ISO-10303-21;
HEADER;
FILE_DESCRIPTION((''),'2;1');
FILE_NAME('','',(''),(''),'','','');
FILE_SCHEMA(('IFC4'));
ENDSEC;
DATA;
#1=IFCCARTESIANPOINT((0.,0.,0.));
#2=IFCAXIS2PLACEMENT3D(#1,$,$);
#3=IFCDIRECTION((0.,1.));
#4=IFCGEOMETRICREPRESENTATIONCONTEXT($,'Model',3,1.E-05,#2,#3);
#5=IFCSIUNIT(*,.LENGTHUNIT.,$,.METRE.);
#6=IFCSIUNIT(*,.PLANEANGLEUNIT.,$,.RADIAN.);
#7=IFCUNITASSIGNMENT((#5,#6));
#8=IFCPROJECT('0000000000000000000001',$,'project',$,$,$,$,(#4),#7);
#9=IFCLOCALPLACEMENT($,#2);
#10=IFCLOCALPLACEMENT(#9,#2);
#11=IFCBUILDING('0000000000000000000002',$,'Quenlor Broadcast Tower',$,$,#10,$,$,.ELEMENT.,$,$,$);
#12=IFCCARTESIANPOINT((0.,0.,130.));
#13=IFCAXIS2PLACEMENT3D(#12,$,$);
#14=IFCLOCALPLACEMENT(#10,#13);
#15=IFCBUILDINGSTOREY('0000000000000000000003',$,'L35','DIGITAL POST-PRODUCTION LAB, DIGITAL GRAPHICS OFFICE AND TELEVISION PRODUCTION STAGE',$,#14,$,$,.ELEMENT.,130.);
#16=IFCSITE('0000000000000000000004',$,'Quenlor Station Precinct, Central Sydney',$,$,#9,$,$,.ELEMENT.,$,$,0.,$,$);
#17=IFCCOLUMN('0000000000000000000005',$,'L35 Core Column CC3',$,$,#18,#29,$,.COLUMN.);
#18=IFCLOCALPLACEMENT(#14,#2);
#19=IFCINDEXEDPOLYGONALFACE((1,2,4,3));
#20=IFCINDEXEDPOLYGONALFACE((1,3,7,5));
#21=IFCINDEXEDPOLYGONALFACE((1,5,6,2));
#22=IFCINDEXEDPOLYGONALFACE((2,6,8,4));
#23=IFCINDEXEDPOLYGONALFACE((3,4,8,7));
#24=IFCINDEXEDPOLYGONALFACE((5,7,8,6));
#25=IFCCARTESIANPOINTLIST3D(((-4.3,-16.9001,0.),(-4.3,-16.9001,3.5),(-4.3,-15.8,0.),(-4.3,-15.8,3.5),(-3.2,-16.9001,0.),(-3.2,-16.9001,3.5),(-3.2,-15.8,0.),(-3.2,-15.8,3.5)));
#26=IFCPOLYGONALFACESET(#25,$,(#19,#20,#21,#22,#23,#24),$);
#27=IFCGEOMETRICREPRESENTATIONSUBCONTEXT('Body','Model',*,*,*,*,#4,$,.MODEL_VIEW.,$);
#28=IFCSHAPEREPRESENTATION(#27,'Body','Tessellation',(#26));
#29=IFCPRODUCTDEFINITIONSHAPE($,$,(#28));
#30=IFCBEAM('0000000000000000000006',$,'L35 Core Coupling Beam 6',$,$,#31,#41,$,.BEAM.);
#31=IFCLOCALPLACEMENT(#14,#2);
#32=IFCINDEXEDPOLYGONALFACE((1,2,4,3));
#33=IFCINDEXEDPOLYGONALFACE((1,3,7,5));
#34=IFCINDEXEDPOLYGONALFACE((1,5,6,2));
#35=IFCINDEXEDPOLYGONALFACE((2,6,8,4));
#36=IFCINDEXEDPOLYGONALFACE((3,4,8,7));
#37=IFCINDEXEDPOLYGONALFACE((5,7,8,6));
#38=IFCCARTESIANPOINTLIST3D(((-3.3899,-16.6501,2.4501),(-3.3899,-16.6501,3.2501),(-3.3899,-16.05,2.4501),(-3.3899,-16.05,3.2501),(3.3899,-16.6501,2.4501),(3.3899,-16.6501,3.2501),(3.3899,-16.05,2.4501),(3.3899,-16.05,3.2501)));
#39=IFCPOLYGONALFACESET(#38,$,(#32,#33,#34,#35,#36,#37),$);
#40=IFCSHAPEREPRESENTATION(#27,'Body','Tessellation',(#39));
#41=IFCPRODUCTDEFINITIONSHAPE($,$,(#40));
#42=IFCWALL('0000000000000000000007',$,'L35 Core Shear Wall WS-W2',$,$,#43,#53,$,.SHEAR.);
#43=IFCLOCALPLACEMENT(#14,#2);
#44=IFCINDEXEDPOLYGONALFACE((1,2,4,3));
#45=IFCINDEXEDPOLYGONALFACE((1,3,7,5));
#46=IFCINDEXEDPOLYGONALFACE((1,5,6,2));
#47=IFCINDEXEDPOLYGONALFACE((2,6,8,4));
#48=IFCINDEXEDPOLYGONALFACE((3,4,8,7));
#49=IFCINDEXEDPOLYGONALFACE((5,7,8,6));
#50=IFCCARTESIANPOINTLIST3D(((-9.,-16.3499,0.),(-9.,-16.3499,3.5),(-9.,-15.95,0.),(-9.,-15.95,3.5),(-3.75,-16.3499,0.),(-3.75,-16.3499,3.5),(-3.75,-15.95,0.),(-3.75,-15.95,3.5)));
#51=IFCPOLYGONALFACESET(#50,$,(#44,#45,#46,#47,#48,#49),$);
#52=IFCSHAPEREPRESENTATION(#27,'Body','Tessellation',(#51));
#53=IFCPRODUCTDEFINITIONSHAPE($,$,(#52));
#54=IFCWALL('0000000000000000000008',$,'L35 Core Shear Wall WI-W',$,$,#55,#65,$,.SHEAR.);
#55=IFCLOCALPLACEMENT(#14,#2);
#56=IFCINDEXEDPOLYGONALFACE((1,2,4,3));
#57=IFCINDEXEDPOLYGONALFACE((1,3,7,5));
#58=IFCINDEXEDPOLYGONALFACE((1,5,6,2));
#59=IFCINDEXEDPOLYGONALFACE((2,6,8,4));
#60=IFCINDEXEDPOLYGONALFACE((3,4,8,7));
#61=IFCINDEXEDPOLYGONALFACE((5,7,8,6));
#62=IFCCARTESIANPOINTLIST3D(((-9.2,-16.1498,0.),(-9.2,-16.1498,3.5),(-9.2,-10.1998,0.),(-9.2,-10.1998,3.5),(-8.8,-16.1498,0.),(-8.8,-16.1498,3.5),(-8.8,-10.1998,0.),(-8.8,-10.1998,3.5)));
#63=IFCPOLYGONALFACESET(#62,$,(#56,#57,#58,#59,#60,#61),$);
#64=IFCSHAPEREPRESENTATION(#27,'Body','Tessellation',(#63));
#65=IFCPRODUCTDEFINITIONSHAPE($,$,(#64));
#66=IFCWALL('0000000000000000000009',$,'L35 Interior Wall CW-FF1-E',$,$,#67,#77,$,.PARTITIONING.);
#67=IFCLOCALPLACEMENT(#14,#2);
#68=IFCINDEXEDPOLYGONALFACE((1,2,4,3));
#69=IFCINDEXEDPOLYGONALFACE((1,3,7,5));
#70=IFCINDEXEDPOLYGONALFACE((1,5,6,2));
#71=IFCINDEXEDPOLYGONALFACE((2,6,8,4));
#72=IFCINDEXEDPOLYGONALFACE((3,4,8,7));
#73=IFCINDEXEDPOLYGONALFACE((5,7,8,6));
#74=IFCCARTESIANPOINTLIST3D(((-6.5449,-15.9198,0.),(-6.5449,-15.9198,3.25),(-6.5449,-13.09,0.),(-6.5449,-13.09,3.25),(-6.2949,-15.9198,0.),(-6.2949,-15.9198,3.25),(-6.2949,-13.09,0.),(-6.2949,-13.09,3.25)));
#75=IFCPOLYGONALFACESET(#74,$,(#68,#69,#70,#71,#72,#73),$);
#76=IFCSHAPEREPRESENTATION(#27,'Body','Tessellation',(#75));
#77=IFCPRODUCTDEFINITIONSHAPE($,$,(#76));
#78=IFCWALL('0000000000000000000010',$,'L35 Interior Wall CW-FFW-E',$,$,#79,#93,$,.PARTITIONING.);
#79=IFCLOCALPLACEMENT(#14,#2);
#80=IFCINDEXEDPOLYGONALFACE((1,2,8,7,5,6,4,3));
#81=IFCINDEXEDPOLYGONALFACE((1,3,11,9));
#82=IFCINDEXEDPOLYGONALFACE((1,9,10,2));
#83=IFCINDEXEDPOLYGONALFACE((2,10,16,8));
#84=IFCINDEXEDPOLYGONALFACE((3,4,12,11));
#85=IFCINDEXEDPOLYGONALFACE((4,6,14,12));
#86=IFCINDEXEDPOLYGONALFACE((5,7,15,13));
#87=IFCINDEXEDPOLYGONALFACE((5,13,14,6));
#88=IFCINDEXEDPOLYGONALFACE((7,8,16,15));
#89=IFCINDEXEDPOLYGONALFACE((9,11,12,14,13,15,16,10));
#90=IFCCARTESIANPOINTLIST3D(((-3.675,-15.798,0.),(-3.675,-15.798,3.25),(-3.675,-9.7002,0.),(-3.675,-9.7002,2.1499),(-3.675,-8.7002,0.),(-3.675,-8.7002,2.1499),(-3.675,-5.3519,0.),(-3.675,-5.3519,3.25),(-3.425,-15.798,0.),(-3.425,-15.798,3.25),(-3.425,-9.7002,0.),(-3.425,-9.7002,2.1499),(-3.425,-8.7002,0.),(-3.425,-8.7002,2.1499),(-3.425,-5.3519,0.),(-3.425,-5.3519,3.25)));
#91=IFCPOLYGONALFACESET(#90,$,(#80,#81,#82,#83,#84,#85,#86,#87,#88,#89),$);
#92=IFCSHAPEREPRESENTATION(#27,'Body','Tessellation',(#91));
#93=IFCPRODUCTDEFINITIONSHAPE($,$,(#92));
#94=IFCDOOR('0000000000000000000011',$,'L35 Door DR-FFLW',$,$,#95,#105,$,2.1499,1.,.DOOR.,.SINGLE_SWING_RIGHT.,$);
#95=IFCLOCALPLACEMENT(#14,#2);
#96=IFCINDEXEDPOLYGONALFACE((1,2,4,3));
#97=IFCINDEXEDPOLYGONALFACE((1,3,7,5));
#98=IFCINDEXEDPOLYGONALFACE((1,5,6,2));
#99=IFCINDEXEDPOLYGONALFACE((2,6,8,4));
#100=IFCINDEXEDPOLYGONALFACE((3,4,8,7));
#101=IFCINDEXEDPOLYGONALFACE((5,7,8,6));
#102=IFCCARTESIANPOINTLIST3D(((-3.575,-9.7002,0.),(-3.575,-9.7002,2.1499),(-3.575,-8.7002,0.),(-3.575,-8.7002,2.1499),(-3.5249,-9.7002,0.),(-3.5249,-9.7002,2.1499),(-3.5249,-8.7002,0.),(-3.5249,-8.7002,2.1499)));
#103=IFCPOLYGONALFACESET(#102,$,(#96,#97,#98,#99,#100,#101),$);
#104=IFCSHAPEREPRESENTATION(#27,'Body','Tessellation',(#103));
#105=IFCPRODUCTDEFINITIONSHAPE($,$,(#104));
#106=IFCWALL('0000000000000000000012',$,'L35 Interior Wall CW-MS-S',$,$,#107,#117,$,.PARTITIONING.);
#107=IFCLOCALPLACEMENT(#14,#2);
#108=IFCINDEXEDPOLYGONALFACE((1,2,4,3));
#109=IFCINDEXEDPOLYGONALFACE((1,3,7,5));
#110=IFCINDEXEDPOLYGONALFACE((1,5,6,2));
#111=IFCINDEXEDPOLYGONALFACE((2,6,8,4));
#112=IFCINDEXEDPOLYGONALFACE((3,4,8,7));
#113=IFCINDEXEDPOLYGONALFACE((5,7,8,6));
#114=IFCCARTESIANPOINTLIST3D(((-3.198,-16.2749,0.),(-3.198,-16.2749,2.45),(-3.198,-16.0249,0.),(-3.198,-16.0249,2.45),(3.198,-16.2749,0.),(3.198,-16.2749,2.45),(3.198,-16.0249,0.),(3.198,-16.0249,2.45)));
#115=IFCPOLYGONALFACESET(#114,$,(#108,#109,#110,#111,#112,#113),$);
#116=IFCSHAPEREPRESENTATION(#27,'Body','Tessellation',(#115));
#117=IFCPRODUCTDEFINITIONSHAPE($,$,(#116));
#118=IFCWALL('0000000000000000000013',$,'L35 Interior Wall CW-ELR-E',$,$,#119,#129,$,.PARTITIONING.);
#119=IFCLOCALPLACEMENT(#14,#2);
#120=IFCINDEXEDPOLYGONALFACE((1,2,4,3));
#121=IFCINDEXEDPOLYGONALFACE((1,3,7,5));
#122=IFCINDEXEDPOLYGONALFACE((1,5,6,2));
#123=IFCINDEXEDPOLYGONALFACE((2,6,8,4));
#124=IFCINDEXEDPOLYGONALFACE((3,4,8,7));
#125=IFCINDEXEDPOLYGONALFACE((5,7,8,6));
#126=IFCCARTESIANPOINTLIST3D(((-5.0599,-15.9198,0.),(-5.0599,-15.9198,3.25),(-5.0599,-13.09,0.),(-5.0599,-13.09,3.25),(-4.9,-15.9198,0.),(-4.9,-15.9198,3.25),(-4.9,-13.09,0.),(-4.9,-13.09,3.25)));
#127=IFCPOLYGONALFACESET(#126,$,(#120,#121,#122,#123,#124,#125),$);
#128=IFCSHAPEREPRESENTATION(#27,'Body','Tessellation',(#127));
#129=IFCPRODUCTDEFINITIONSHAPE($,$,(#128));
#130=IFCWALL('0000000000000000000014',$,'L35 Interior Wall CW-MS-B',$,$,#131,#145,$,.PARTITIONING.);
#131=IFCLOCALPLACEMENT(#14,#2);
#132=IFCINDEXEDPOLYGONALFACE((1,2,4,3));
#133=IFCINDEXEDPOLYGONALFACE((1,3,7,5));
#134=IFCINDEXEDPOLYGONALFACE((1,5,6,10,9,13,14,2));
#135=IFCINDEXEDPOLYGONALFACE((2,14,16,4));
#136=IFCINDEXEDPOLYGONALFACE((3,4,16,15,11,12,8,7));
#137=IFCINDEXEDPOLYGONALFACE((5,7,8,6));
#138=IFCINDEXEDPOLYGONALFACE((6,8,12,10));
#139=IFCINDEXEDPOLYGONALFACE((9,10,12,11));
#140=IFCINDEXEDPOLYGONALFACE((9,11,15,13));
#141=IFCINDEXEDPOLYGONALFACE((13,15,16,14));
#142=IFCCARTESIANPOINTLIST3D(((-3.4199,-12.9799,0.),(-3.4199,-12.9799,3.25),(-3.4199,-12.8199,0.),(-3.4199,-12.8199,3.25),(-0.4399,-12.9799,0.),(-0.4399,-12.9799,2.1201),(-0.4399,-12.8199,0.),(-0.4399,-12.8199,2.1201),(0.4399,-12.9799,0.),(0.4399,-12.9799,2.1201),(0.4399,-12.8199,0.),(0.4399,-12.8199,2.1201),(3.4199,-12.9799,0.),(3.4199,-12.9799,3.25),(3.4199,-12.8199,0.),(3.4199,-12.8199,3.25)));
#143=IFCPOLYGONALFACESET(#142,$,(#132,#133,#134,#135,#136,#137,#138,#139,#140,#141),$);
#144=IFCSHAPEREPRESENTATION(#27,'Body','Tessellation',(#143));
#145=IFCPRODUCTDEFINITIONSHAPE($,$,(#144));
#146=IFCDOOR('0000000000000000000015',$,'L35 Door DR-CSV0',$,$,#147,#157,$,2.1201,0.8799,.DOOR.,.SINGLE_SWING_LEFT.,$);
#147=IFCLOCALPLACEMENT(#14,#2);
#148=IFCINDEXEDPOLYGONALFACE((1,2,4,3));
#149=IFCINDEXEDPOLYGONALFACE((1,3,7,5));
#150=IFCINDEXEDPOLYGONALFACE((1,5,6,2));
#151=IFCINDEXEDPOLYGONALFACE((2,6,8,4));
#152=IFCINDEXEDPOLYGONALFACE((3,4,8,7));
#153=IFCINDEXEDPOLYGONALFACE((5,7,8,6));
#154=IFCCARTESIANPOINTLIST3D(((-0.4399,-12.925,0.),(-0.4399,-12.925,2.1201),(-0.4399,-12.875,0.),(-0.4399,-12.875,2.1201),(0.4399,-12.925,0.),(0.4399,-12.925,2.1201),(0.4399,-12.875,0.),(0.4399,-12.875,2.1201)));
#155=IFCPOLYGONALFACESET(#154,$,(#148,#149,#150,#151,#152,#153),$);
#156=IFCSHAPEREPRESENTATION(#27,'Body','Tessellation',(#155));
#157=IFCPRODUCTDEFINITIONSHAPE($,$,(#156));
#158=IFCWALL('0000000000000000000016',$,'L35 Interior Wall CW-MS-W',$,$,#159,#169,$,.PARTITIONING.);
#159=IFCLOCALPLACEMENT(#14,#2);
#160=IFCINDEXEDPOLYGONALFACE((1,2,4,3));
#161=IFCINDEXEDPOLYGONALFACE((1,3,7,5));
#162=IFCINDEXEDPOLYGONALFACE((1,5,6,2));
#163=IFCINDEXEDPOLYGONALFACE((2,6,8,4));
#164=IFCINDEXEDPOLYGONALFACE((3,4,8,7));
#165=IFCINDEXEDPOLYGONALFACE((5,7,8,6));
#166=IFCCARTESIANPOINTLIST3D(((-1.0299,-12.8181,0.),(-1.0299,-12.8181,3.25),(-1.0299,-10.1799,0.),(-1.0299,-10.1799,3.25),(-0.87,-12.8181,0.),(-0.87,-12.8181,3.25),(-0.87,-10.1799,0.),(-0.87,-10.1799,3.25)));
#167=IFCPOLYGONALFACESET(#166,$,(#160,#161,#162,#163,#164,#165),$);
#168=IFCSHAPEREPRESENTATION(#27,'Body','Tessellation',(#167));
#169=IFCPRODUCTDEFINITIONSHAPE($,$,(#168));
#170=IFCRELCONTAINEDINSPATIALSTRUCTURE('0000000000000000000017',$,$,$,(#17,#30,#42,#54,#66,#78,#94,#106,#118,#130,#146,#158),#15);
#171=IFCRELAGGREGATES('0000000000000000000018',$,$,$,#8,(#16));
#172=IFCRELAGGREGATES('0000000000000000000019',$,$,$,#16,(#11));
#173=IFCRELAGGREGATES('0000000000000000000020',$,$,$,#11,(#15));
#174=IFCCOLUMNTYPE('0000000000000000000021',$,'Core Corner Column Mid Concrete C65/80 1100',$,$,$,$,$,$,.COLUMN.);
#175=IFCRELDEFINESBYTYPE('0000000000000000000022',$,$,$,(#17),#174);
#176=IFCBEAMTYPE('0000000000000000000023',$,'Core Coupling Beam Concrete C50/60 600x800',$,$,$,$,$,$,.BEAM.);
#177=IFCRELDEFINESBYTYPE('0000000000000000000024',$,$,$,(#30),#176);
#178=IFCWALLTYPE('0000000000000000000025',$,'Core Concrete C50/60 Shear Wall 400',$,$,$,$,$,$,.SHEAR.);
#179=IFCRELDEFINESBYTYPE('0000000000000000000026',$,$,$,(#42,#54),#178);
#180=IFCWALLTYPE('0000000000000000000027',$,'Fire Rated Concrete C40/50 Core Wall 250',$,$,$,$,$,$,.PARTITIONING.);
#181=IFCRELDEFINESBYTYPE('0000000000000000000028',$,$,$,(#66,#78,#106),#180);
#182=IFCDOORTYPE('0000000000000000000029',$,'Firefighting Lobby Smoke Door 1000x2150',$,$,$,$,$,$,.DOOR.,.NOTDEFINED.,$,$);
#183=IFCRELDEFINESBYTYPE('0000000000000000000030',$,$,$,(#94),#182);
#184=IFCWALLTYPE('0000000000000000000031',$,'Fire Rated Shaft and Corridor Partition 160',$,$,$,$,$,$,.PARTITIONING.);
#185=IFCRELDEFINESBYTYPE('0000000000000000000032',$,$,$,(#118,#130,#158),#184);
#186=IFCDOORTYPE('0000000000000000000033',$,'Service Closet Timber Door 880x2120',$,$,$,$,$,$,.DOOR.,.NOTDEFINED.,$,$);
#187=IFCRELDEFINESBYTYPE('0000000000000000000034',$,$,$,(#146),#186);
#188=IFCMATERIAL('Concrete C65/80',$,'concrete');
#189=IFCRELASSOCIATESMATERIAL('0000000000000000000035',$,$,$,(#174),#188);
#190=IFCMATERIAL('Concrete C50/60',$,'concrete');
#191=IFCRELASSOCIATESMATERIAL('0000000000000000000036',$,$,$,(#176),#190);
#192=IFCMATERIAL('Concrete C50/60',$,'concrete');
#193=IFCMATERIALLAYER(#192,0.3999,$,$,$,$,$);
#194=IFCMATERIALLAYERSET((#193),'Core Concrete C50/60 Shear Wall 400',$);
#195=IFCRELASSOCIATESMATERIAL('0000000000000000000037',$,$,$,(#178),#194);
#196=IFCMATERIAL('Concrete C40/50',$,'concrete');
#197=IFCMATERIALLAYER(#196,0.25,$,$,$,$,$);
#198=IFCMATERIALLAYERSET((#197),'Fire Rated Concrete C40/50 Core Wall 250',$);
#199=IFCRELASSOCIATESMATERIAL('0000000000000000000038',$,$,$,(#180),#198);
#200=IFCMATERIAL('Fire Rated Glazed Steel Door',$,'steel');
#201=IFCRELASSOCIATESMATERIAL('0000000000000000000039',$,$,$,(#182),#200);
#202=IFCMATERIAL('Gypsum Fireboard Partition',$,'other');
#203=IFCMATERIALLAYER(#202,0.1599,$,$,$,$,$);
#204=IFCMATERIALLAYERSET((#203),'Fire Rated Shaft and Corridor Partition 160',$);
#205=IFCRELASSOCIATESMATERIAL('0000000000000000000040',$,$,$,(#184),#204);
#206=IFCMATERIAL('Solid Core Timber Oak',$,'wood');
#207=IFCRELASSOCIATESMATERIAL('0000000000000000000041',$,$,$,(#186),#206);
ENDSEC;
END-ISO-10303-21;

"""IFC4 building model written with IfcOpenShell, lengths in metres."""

from ifc_helpers import new_model, si_unit, direction, frame, frame_2d, origin, origin_2d, place, context, subcontext, project, spatial, rectangle, extrude, material, layer, layer_set, material_profile, profile_set, type_object, element, fill, save


model = new_model("IFC4")

# Units and contexts
model_context = context("Model", 3, precision=1e-05, world=origin(), true_north=direction((0.0, 1.0)))
body_context = subcontext(model_context, "Body", "Model", "MODEL_VIEW")
ifc_project = project(units=[si_unit("LENGTHUNIT", "METRE"), si_unit("PLANEANGLEUNIT", "RADIAN")], contexts=[model_context])

# Site, building, storey
site_placement = place(None, origin())
site = spatial("IfcSite", under=ifc_project, at=site_placement, Name="Quenlor Station Precinct, Central Sydney", CompositionType="ELEMENT", RefElevation=0.0)
building_placement = place(site_placement, origin())
building = spatial("IfcBuilding", under=site, at=building_placement, Name="Quenlor Broadcast Tower", CompositionType="ELEMENT")
storey_placement = place(building_placement, frame((0.0, 0.0, 130.0)))
storey = spatial("IfcBuildingStorey", under=building, at=storey_placement, Name="L35", Description="DIGITAL POST-PRODUCTION LAB, DIGITAL GRAPHICS OFFICE AND TELEVISION PRODUCTION STAGE", CompositionType="ELEMENT", Elevation=130.0)

# Column
ifc_material_1 = material(Name="Concrete C65/80", Category="concrete")
ifc_material_profile_1 = material_profile(ifc_material_1, rectangle(XDim=1.1001, YDim=1.1001, at=origin_2d()))
ifc_profile_set_1 = profile_set([ifc_material_profile_1], Name="Concrete C65/80 RC1100x1100")
column_type = type_object("IfcColumnType", Name="Core Corner Column Mid Concrete C65/80 1100", PredefinedType="COLUMN", material=ifc_profile_set_1)
column_placement = place(storey_placement, frame((-3.75, -16.3501, 0.0), z_axis=(0.0, 0.0, 1.0), x_axis=(1.0, 0.0, 0.0)))
element("IfcColumn", 1, at=column_placement, inside=storey, type_object=column_type, Name="L35 Core Column CC3", PredefinedType="COLUMN", context=body_context, shape_type="SweptSolid", body=[
    extrude(rectangle(XDim=1.1001, YDim=1.1001, at=origin_2d()), origin(), (0.0, 0.0, 1.0), 3.5),
])

# Beam
ifc_material_2 = material(Name="Concrete C50/60", Category="concrete")
ifc_material_profile_2 = material_profile(ifc_material_2, rectangle(XDim=0.6001, YDim=0.8, at=origin_2d()))
ifc_profile_set_2 = profile_set([ifc_material_profile_2], Name="Concrete C50/60 RCB600x800")
beam_type = type_object("IfcBeamType", Name="Core Coupling Beam Concrete C50/60 600x800", PredefinedType="BEAM", material=ifc_profile_set_2)
beam_placement = place(storey_placement, frame((-3.3899, -16.3501, 2.8501), z_axis=(1.0, 0.0, 0.0), x_axis=(0.0, 1.0, 0.0)))
element("IfcBeam", 2, at=beam_placement, inside=storey, type_object=beam_type, Name="L35 Core Coupling Beam 6", PredefinedType="BEAM", context=body_context, shape_type="SweptSolid", body=[
    extrude(rectangle(XDim=0.6001, YDim=0.8, at=origin_2d()), origin(), (0.0, 0.0, 1.0), 6.7798),
])

# Walls
ifc_material_3 = material(Name="Concrete C50/60", Category="concrete")
ifc_layer_1 = layer(ifc_material_3, 0.3999)
ifc_layer_set_1 = layer_set([ifc_layer_1], Name="Core Concrete C50/60 Shear Wall 400")
wall_type_1 = type_object("IfcWallType", Name="Core Concrete C50/60 Shear Wall 400", PredefinedType="SHEAR", material=ifc_layer_set_1)
wall_1_placement = place(storey_placement, frame((-9.0, -16.1499, 0.0), z_axis=(0.0, 0.0, 1.0), x_axis=(1.0, 0.0, 0.0)))
element("IfcWall", 3, at=wall_1_placement, inside=storey, type_object=wall_type_1, Name="L35 Core Shear Wall WS-W2", PredefinedType="SHEAR", context=body_context, shape_type="SweptSolid", body=[
    extrude(rectangle(XDim=5.25, YDim=0.3999, at=frame_2d((2.625, 0.0))), origin(), (0.0, 0.0, 1.0), 3.5),
])
wall_2_placement = place(storey_placement, frame((-9.0, -16.1499, 0.0), z_axis=(0.0, 0.0, 1.0), x_axis=(0.0, 1.0, 0.0)))
element("IfcWall", 4, at=wall_2_placement, inside=storey, type_object=wall_type_1, Name="L35 Core Shear Wall WI-W", PredefinedType="SHEAR", context=body_context, shape_type="SweptSolid", body=[
    extrude(rectangle(XDim=5.95, YDim=0.3999, at=frame_2d((2.9751, 0.0))), origin(), (0.0, 0.0, 1.0), 3.5),
])

# Shared definitions
ifc_material_4 = material(Name="Concrete C40/50", Category="concrete")
ifc_layer_2 = layer(ifc_material_4, 0.25)
ifc_layer_set_2 = layer_set([ifc_layer_2], Name="Fire Rated Concrete C40/50 Core Wall 250")
wall_type_2 = type_object("IfcWallType", Name="Fire Rated Concrete C40/50 Core Wall 250", PredefinedType="PARTITIONING", material=ifc_layer_set_2)

# Wall
wall_3_placement = place(storey_placement, frame((-6.4199, -15.9199, 0.0), z_axis=(0.0, 0.0, 1.0), x_axis=(0.0, 1.0, 0.0)))
element("IfcWall", 5, at=wall_3_placement, inside=storey, type_object=wall_type_2, Name="L35 Interior Wall CW-FF1-E", PredefinedType="PARTITIONING", context=body_context, shape_type="SweptSolid", body=[
    extrude(rectangle(XDim=2.8298, YDim=0.25, at=frame_2d((1.415, 0.0))), origin(), (0.0, 0.0, 1.0), 3.25),
])

# Wall, opening, door
wall_4_placement = place(storey_placement, frame((-3.55, -15.7981, 0.0), z_axis=(0.0, 0.0, 1.0), x_axis=(0.0, 1.0, 0.0)))
wall_4 = element("IfcWall", 6, at=wall_4_placement, inside=storey, type_object=wall_type_2, Name="L35 Interior Wall CW-FFW-E", PredefinedType="PARTITIONING", context=body_context, shape_type="SweptSolid", body=[
    extrude(rectangle(XDim=10.446, YDim=0.25, at=frame_2d((5.2231, 0.0))), origin(), (0.0, 0.0, 1.0), 3.25),
])
opening_1_placement = place(wall_4_placement, frame((6.0979, 0.0, 0.0)))
opening_1 = element("IfcOpeningElement", 7, at=opening_1_placement, cuts=wall_4, PredefinedType="OPENING", context=body_context, shape_type="SweptSolid", body=[
    extrude(rectangle(XDim=1.0, YDim=2.1499, at=frame_2d((0.5, 1.075))), frame((0.0, 0.135, 0.0), z_axis=(0.0, -1.0, 0.0), x_axis=(1.0, 0.0, 0.0)), (0.0, 0.0, 1.0), 0.27),
])
ifc_material_5 = material(Name="Fire Rated Glazed Steel Door", Category="steel")
door_type_1 = type_object("IfcDoorType", Name="Firefighting Lobby Smoke Door 1000x2150", OperationType="NOTDEFINED", PredefinedType="DOOR", material=ifc_material_5)
door_1_placement = place(opening_1_placement, origin())
door_1 = element("IfcDoor", 8, at=door_1_placement, inside=storey, type_object=door_type_1, Name="L35 Door DR-FFLW", OperationType="SINGLE_SWING_RIGHT", OverallHeight=2.1499, OverallWidth=1.0, PredefinedType="DOOR", context=body_context, shape_type="SweptSolid", body=[
    extrude(rectangle(XDim=1.0, YDim=2.1499, at=frame_2d((0.5, 1.075))), frame((0.0, 0.0249, 0.0), z_axis=(0.0, -1.0, 0.0), x_axis=(1.0, 0.0, 0.0)), (0.0, 0.0, 1.0), 0.05),
])
fill(opening_1, door_1)

# Walls
wall_5_placement = place(storey_placement, frame((-3.198, -16.1499, 0.0), z_axis=(0.0, 0.0, 1.0), x_axis=(1.0, 0.0, 0.0)))
element("IfcWall", 9, at=wall_5_placement, inside=storey, type_object=wall_type_2, Name="L35 Interior Wall CW-MS-S", PredefinedType="PARTITIONING", context=body_context, shape_type="SweptSolid", body=[
    extrude(rectangle(XDim=6.396, YDim=0.25, at=frame_2d((3.198, 0.0))), origin(), (0.0, 0.0, 1.0), 2.45),
])
ifc_material_6 = material(Name="Gypsum Fireboard Partition", Category="other")
ifc_layer_3 = layer(ifc_material_6, 0.1599)
ifc_layer_set_3 = layer_set([ifc_layer_3], Name="Fire Rated Shaft and Corridor Partition 160")
wall_type_3 = type_object("IfcWallType", Name="Fire Rated Shaft and Corridor Partition 160", PredefinedType="PARTITIONING", material=ifc_layer_set_3)
wall_6_placement = place(storey_placement, frame((-4.98, -15.9199, 0.0), z_axis=(0.0, 0.0, 1.0), x_axis=(0.0, 1.0, 0.0)))
element("IfcWall", 10, at=wall_6_placement, inside=storey, type_object=wall_type_3, Name="L35 Interior Wall CW-ELR-E", PredefinedType="PARTITIONING", context=body_context, shape_type="SweptSolid", body=[
    extrude(rectangle(XDim=2.8298, YDim=0.1599, at=frame_2d((1.415, 0.0))), origin(), (0.0, 0.0, 1.0), 3.25),
])

# Wall, opening, door
wall_7_placement = place(storey_placement, frame((-3.4199, -12.8999, 0.0), z_axis=(0.0, 0.0, 1.0), x_axis=(1.0, 0.0, 0.0)))
wall_7 = element("IfcWall", 11, at=wall_7_placement, inside=storey, type_object=wall_type_3, Name="L35 Interior Wall CW-MS-B", PredefinedType="PARTITIONING", context=body_context, shape_type="SweptSolid", body=[
    extrude(rectangle(XDim=6.8398, YDim=0.1599, at=frame_2d((3.4199, 0.0))), origin(), (0.0, 0.0, 1.0), 3.25),
])
opening_2_placement = place(wall_7_placement, frame((2.98, 0.0, 0.0)))
opening_2 = element("IfcOpeningElement", 12, at=opening_2_placement, cuts=wall_7, PredefinedType="OPENING", context=body_context, shape_type="SweptSolid", body=[
    extrude(rectangle(XDim=0.8799, YDim=2.1201, at=frame_2d((0.4399, 1.0601))), frame((0.0, 0.0898, 0.0), z_axis=(0.0, -1.0, 0.0), x_axis=(1.0, 0.0, 0.0)), (0.0, 0.0, 1.0), 0.1799),
])
ifc_material_7 = material(Name="Solid Core Timber Oak", Category="wood")
door_type_2 = type_object("IfcDoorType", Name="Service Closet Timber Door 880x2120", OperationType="NOTDEFINED", PredefinedType="DOOR", material=ifc_material_7)
door_2_placement = place(opening_2_placement, origin())
door_2 = element("IfcDoor", 13, at=door_2_placement, inside=storey, type_object=door_type_2, Name="L35 Door DR-CSV0", OperationType="SINGLE_SWING_LEFT", OverallHeight=2.1201, OverallWidth=0.8799, PredefinedType="DOOR", context=body_context, shape_type="SweptSolid", body=[
    extrude(rectangle(XDim=0.8799, YDim=2.1201, at=frame_2d((0.4399, 1.0601))), frame((0.0, 0.0249, 0.0), z_axis=(0.0, -1.0, 0.0), x_axis=(1.0, 0.0, 0.0)), (0.0, 0.0, 1.0), 0.05),
])
fill(opening_2, door_2)

# Wall
wall_8_placement = place(storey_placement, frame((-0.95, -12.8181, 0.0), z_axis=(0.0, 0.0, 1.0), x_axis=(0.0, 1.0, 0.0)))
element("IfcWall", 14, at=wall_8_placement, inside=storey, type_object=wall_type_3, Name="L35 Interior Wall CW-MS-W", PredefinedType="PARTITIONING", context=body_context, shape_type="SweptSolid", body=[
    extrude(rectangle(XDim=2.6382, YDim=0.1599, at=frame_2d((1.3191, 0.0))), origin(), (0.0, 0.0, 1.0), 3.25),
])

save(model, "model.ifc")
